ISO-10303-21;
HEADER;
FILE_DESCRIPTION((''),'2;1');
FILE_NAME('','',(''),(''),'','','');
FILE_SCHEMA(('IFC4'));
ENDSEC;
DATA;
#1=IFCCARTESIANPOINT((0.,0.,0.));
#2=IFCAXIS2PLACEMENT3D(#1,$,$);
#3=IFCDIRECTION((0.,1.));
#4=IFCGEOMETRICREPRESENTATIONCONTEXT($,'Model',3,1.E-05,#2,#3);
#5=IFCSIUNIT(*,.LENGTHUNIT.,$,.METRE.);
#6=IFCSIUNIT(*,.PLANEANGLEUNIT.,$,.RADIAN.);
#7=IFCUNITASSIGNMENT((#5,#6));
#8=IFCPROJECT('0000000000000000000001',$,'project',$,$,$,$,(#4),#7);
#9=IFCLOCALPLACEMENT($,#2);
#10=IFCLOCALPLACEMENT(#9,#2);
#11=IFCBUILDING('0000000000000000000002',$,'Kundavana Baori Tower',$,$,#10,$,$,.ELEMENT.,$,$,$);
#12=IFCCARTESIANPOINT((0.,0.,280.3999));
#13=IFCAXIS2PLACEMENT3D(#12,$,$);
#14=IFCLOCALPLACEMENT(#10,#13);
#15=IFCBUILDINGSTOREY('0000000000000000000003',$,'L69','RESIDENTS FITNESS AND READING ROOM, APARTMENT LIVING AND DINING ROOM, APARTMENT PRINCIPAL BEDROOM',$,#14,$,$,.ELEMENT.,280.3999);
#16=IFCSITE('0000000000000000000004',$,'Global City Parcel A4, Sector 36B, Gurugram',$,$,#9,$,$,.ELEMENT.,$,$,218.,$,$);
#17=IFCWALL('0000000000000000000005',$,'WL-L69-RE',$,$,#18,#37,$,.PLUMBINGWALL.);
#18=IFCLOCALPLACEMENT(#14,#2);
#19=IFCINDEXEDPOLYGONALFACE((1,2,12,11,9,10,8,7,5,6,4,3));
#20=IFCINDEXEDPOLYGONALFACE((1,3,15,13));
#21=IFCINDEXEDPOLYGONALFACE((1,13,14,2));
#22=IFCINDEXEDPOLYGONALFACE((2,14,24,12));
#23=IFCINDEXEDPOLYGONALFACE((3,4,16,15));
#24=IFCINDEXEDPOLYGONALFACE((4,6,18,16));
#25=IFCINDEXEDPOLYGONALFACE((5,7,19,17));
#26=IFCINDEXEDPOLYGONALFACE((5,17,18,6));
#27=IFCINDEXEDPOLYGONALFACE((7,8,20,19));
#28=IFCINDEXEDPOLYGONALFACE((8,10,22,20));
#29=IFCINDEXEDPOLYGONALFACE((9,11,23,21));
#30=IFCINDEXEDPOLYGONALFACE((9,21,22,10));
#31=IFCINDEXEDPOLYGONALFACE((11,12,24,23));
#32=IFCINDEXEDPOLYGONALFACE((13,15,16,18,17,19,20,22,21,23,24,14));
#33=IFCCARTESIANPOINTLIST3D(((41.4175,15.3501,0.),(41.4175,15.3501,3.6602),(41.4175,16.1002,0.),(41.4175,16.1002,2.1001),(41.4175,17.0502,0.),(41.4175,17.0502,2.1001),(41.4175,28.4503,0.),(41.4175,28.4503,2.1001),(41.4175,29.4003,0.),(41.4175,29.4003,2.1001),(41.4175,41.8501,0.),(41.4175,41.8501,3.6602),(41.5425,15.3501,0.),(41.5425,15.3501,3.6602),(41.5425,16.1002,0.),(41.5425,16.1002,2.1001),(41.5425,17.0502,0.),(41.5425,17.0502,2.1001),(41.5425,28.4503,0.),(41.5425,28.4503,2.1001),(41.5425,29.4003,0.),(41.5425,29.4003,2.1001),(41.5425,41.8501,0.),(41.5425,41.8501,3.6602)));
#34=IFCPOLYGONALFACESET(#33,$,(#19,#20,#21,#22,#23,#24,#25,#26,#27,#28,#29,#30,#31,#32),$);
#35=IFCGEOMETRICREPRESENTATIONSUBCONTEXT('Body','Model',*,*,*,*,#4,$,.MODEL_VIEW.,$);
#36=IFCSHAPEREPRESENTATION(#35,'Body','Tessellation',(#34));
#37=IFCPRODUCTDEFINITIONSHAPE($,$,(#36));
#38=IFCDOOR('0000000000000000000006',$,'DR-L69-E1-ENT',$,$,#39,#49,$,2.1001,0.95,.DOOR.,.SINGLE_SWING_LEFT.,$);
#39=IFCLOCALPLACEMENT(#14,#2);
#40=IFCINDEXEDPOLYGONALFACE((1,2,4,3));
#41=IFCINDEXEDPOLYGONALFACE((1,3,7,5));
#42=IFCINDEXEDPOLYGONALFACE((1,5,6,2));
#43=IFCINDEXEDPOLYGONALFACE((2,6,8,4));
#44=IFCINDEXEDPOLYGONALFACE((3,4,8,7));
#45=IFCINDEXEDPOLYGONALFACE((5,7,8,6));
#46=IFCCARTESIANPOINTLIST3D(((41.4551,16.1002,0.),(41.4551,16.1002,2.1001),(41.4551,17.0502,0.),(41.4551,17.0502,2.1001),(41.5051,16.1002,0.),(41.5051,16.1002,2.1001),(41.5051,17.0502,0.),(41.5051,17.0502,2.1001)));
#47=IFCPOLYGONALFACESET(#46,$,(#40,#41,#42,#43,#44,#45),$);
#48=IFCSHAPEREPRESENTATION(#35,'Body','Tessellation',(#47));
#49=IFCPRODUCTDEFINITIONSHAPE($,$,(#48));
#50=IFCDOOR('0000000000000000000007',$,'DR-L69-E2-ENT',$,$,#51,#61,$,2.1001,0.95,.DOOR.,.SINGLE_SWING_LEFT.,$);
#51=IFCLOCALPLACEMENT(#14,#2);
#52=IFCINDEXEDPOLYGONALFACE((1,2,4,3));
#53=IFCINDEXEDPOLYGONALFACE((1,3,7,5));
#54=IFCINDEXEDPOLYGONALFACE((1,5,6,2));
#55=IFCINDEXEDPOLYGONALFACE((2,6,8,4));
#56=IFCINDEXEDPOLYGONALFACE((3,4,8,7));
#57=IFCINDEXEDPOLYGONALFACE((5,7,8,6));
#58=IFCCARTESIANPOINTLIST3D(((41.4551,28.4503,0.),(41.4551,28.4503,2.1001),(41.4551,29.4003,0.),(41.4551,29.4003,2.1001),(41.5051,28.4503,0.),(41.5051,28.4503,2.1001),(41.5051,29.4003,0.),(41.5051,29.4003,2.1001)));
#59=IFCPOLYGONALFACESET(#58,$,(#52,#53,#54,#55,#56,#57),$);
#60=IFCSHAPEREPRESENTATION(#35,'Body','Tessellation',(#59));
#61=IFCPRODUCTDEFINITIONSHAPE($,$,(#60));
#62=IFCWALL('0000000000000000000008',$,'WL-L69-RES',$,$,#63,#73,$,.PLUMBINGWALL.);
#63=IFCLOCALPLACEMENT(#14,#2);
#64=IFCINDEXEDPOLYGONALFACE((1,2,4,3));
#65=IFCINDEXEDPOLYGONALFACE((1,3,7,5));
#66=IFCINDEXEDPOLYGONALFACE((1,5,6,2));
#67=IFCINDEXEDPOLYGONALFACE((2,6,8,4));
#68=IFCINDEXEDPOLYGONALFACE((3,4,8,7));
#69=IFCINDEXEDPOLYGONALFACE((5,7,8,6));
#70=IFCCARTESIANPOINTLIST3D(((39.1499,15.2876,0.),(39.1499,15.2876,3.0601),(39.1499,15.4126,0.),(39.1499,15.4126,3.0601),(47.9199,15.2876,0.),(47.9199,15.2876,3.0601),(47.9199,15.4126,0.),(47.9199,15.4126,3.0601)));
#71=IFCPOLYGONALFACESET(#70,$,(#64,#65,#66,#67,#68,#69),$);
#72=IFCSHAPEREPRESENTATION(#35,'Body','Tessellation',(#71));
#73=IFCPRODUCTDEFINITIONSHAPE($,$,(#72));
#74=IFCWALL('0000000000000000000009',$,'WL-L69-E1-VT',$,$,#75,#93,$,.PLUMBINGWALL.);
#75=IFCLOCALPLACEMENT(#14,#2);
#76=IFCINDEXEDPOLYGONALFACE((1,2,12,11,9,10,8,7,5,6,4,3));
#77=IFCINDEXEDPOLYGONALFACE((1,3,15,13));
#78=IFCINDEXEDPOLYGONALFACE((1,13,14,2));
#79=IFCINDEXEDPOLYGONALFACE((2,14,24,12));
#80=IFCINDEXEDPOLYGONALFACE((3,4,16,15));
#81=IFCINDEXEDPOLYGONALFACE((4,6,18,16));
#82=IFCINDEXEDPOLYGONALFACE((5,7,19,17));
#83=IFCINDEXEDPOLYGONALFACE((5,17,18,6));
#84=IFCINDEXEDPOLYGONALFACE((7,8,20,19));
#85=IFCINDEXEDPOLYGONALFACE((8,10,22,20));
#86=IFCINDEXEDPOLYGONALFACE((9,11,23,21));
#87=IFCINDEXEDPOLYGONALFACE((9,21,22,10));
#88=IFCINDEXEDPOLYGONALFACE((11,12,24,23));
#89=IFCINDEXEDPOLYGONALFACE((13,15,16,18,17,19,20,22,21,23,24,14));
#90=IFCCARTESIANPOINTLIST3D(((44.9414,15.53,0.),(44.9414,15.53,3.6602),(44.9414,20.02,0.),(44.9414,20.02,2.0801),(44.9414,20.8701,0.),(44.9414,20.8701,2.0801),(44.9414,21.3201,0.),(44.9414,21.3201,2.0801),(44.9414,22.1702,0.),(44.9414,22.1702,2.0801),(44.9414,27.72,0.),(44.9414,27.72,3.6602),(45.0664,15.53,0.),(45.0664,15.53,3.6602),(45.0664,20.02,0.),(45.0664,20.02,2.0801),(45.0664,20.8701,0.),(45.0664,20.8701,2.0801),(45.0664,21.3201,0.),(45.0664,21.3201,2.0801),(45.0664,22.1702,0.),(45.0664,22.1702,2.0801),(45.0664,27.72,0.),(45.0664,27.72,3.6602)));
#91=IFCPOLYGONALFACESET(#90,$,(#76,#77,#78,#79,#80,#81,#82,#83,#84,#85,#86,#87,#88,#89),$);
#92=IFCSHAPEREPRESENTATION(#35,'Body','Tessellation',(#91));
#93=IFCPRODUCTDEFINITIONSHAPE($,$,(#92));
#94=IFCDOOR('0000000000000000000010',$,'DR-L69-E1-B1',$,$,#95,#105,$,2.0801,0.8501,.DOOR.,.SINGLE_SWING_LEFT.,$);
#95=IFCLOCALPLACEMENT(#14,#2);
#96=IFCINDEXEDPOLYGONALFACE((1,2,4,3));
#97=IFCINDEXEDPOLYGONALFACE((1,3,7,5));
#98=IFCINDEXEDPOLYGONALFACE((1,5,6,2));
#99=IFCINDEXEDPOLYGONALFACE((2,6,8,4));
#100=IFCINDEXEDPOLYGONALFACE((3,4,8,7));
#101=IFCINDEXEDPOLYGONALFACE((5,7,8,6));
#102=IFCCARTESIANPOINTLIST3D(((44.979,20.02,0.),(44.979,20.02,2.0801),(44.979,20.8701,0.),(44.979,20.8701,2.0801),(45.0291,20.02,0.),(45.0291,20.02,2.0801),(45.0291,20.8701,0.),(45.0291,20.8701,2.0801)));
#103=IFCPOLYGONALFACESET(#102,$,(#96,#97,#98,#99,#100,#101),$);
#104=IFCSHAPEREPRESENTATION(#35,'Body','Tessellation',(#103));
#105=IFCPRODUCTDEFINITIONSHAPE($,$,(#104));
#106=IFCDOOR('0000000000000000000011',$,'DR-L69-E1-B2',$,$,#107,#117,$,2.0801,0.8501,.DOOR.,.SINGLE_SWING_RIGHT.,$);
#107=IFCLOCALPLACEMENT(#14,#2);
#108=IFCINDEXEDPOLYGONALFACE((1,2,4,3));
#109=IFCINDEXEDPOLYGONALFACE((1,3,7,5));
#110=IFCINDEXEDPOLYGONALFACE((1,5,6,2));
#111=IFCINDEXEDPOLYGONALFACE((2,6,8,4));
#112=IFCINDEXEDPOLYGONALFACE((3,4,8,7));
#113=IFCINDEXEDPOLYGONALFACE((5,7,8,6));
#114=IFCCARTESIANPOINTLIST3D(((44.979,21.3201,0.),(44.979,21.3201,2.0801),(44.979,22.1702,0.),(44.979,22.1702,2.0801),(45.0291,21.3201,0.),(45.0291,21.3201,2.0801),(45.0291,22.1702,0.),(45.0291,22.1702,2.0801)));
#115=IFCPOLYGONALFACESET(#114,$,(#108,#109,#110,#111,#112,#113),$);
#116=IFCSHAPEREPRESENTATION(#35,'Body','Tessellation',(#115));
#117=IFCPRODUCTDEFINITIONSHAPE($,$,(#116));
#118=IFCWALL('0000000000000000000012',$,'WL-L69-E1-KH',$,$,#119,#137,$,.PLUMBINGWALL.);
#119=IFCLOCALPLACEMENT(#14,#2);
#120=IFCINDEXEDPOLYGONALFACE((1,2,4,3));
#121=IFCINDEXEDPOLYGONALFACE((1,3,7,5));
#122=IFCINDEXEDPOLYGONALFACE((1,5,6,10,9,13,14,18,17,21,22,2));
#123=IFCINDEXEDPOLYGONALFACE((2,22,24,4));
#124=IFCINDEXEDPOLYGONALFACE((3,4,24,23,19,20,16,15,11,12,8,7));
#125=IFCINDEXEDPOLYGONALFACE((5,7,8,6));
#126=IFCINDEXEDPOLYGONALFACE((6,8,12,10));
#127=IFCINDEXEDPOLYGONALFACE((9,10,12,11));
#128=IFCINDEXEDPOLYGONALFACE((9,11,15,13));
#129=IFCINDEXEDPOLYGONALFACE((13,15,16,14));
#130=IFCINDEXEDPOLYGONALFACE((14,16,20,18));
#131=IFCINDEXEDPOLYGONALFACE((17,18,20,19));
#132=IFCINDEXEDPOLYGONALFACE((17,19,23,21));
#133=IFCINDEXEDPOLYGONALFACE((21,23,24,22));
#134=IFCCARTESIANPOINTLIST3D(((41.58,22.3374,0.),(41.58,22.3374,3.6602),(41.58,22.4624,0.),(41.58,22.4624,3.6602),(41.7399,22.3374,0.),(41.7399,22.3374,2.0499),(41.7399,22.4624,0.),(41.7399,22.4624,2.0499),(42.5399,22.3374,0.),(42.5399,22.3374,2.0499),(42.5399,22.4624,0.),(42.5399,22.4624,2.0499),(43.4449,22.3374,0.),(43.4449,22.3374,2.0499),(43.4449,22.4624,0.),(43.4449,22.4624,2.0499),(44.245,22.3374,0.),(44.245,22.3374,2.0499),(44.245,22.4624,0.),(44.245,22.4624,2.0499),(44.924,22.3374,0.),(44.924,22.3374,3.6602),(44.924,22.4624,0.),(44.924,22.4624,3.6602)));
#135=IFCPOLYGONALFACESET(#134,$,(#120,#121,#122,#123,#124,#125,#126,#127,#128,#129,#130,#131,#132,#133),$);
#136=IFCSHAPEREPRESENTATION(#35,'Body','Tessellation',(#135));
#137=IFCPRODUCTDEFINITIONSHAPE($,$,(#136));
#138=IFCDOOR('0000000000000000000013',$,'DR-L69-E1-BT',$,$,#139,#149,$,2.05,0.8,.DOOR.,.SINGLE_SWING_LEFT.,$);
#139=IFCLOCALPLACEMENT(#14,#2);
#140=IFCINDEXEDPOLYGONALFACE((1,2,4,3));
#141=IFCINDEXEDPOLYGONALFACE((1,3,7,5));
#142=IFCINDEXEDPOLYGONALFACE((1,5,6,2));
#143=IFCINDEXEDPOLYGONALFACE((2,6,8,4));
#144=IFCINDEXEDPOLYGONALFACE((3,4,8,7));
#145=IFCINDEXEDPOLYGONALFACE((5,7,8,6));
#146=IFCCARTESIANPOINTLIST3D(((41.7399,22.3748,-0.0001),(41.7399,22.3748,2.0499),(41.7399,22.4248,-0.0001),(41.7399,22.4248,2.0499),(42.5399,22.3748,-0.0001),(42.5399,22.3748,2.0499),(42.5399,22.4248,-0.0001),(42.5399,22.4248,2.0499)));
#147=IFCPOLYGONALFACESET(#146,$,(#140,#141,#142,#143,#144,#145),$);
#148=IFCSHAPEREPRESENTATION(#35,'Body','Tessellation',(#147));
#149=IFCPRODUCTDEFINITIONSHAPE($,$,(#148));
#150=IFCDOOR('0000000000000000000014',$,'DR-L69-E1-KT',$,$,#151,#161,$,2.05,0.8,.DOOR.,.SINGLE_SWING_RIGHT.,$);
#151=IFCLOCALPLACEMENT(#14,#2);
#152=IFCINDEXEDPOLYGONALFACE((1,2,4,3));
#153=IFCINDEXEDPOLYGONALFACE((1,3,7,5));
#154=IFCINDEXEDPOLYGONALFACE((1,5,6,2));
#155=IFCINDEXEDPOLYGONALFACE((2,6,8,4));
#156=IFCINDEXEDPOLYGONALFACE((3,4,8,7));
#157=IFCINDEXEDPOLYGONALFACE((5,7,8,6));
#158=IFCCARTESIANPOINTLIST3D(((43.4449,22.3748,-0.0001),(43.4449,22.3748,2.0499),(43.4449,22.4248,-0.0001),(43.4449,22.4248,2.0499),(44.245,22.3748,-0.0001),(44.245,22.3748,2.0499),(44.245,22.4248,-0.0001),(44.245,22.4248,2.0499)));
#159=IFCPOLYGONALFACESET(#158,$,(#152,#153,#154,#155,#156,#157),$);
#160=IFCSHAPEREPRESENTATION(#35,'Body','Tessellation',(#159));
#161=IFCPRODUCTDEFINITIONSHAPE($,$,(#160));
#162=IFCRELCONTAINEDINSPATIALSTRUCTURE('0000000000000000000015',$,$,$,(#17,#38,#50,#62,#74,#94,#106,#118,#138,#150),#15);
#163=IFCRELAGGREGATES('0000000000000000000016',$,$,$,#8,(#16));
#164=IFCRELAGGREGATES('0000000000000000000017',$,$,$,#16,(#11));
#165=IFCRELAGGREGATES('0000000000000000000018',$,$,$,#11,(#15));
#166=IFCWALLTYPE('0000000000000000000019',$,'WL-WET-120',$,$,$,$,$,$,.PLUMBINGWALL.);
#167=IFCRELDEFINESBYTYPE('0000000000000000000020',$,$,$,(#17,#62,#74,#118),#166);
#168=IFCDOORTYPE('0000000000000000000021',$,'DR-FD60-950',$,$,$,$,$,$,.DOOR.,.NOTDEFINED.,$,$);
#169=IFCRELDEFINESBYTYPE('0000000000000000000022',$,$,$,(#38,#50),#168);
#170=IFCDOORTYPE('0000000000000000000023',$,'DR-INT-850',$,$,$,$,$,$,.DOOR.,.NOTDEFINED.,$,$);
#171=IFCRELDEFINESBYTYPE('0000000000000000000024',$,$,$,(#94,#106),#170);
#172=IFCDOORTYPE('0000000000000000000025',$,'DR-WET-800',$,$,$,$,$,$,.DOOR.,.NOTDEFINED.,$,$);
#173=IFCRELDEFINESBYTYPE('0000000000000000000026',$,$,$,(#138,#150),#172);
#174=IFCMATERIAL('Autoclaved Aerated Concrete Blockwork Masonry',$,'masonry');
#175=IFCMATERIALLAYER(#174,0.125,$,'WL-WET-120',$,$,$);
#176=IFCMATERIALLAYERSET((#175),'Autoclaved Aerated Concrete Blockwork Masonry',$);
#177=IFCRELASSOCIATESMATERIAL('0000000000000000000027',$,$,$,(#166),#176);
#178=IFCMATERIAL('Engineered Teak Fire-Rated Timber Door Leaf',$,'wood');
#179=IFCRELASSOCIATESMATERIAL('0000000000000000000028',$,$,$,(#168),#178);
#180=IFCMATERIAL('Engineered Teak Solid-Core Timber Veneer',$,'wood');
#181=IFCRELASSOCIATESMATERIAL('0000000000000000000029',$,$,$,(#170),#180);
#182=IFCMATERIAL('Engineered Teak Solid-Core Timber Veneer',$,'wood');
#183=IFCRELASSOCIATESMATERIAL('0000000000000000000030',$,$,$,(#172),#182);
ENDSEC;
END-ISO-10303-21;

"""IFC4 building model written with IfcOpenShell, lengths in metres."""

from ifc_helpers import new_model, si_unit, direction, frame, frame_2d, origin, place, context, subcontext, project, spatial, rectangle, extrude, material, layer, layer_set, type_object, element, fill, save


model = new_model("IFC4")

# Units and contexts
model_context = context("Model", 3, precision=1e-05, world=origin(), true_north=direction((0.0, 1.0)))
body_context = subcontext(model_context, "Body", "Model", "MODEL_VIEW")
ifc_project = project(units=[si_unit("LENGTHUNIT", "METRE"), si_unit("PLANEANGLEUNIT", "RADIAN")], contexts=[model_context])

# Site, building, storey
site_placement = place(None, origin())
site = spatial("IfcSite", under=ifc_project, at=site_placement, Name="Global City Parcel A4, Sector 36B, Gurugram", CompositionType="ELEMENT", RefElevation=218.0)
building_placement = place(site_placement, origin())
building = spatial("IfcBuilding", under=site, at=building_placement, Name="Kundavana Baori Tower", CompositionType="ELEMENT")
storey_placement = place(building_placement, frame((0.0, 0.0, 280.3999)))
storey = spatial("IfcBuildingStorey", under=building, at=storey_placement, Name="L69", Description="RESIDENTS FITNESS AND READING ROOM, APARTMENT LIVING AND DINING ROOM, APARTMENT PRINCIPAL BEDROOM", CompositionType="ELEMENT", Elevation=280.3999)

# Shared definitions
ifc_material_1 = material(Name="Autoclaved Aerated Concrete Blockwork Masonry", Category="masonry")
ifc_layer = layer(ifc_material_1, 0.125, Name="WL-WET-120")
ifc_layer_set = layer_set([ifc_layer], Name="Autoclaved Aerated Concrete Blockwork Masonry")
wall_type = type_object("IfcWallType", Name="WL-WET-120", PredefinedType="PLUMBINGWALL", material=ifc_layer_set)

# Wall, openings, doors
wall_1_placement = place(storey_placement, frame((41.48, 15.3501, 0.0), z_axis=(0.0, 0.0, 1.0), x_axis=(0.0, 1.0, 0.0)))
wall_1 = element("IfcWall", 1, at=wall_1_placement, inside=storey, type_object=wall_type, Name="WL-L69-RE", PredefinedType="PLUMBINGWALL", context=body_context, shape_type="SweptSolid", body=[
    extrude(rectangle(XDim=26.5, YDim=0.125, at=frame_2d((13.25, 0.0))), origin(), (0.0, 0.0, 1.0), 3.6602),
])
opening_1_placement = place(wall_1_placement, frame((0.75, 0.0, 0.0)))
opening_1 = element("IfcOpeningElement", 2, at=opening_1_placement, cuts=wall_1, PredefinedType="OPENING", context=body_context, shape_type="SweptSolid", body=[
    extrude(rectangle(XDim=0.95, YDim=2.1001, at=frame_2d((0.4751, 1.05))), frame((0.0, 0.0725, 0.0), z_axis=(0.0, -1.0, 0.0), x_axis=(1.0, 0.0, 0.0)), (0.0, 0.0, 1.0), 0.145),
])
opening_2_placement = place(wall_1_placement, frame((13.1001, 0.0, 0.0)))
opening_2 = element("IfcOpeningElement", 3, at=opening_2_placement, cuts=wall_1, PredefinedType="OPENING", context=body_context, shape_type="SweptSolid", body=[
    extrude(rectangle(XDim=0.95, YDim=2.1001, at=frame_2d((0.4751, 1.05))), frame((0.0, 0.0725, 0.0), z_axis=(0.0, -1.0, 0.0), x_axis=(1.0, 0.0, 0.0)), (0.0, 0.0, 1.0), 0.145),
])
ifc_material_2 = material(Name="Engineered Teak Fire-Rated Timber Door Leaf", Category="wood")
door_type_1 = type_object("IfcDoorType", Name="DR-FD60-950", OperationType="NOTDEFINED", PredefinedType="DOOR", material=ifc_material_2)
door_1_placement = place(opening_1_placement, origin())
door_1 = element("IfcDoor", 4, at=door_1_placement, inside=storey, type_object=door_type_1, Name="DR-L69-E1-ENT", OperationType="SINGLE_SWING_LEFT", OverallHeight=2.1001, OverallWidth=0.95, PredefinedType="DOOR", context=body_context, shape_type="SweptSolid", body=[
    extrude(rectangle(XDim=0.95, YDim=2.1001, at=frame_2d((0.4751, 1.05))), frame((0.0, 0.0249, 0.0), z_axis=(0.0, -1.0, 0.0), x_axis=(1.0, 0.0, 0.0)), (0.0, 0.0, 1.0), 0.05),
])
fill(opening_1, door_1)
door_2_placement = place(opening_2_placement, origin())
door_2 = element("IfcDoor", 5, at=door_2_placement, inside=storey, type_object=door_type_1, Name="DR-L69-E2-ENT", OperationType="SINGLE_SWING_LEFT", OverallHeight=2.1001, OverallWidth=0.95, PredefinedType="DOOR", context=body_context, shape_type="SweptSolid", body=[
    extrude(rectangle(XDim=0.95, YDim=2.1001, at=frame_2d((0.4751, 1.05))), frame((0.0, 0.0249, 0.0), z_axis=(0.0, -1.0, 0.0), x_axis=(1.0, 0.0, 0.0)), (0.0, 0.0, 1.0), 0.05),
])
fill(opening_2, door_2)

# Wall
wall_2_placement = place(storey_placement, frame((39.1499, 15.3501, 0.0), z_axis=(0.0, 0.0, 1.0), x_axis=(1.0, 0.0, 0.0)))
element("IfcWall", 6, at=wall_2_placement, inside=storey, type_object=wall_type, Name="WL-L69-RES", PredefinedType="PLUMBINGWALL", context=body_context, shape_type="SweptSolid", body=[
    extrude(rectangle(XDim=8.77, YDim=0.125, at=frame_2d((4.385, 0.0))), origin(), (0.0, 0.0, 1.0), 3.0601),
])

# Walls, openings, doors
wall_3_placement = place(storey_placement, frame((45.0039, 15.53, 0.0), z_axis=(0.0, 0.0, 1.0), x_axis=(0.0, 1.0, 0.0)))
wall_3 = element("IfcWall", 7, at=wall_3_placement, inside=storey, type_object=wall_type, Name="WL-L69-E1-VT", PredefinedType="PLUMBINGWALL", context=body_context, shape_type="SweptSolid", body=[
    extrude(rectangle(XDim=12.1899, YDim=0.125, at=frame_2d((6.095, 0.0))), origin(), (0.0, 0.0, 1.0), 3.6602),
])
opening_3_placement = place(wall_3_placement, frame((4.49, 0.0, 0.0)))
opening_3 = element("IfcOpeningElement", 8, at=opening_3_placement, cuts=wall_3, PredefinedType="OPENING", context=body_context, shape_type="SweptSolid", body=[
    extrude(rectangle(XDim=0.8501, YDim=2.0801, at=frame_2d((0.425, 1.04))), frame((0.0, 0.0725, 0.0), z_axis=(0.0, -1.0, 0.0), x_axis=(1.0, 0.0, 0.0)), (0.0, 0.0, 1.0), 0.145),
])
opening_4_placement = place(wall_3_placement, frame((5.79, 0.0, 0.0)))
opening_4 = element("IfcOpeningElement", 9, at=opening_4_placement, cuts=wall_3, PredefinedType="OPENING", context=body_context, shape_type="SweptSolid", body=[
    extrude(rectangle(XDim=0.8501, YDim=2.0801, at=frame_2d((0.425, 1.04))), frame((0.0, 0.0725, 0.0), z_axis=(0.0, -1.0, 0.0), x_axis=(1.0, 0.0, 0.0)), (0.0, 0.0, 1.0), 0.145),
])
ifc_material_3 = material(Name="Engineered Teak Solid-Core Timber Veneer", Category="wood")
door_type_2 = type_object("IfcDoorType", Name="DR-INT-850", OperationType="NOTDEFINED", PredefinedType="DOOR", material=ifc_material_3)
door_3_placement = place(opening_3_placement, origin())
door_3 = element("IfcDoor", 10, at=door_3_placement, inside=storey, type_object=door_type_2, Name="DR-L69-E1-B1", OperationType="SINGLE_SWING_LEFT", OverallHeight=2.0801, OverallWidth=0.8501, PredefinedType="DOOR", context=body_context, shape_type="SweptSolid", body=[
    extrude(rectangle(XDim=0.8501, YDim=2.0801, at=frame_2d((0.425, 1.04))), frame((0.0, 0.0249, 0.0), z_axis=(0.0, -1.0, 0.0), x_axis=(1.0, 0.0, 0.0)), (0.0, 0.0, 1.0), 0.05),
])
fill(opening_3, door_3)
door_4_placement = place(opening_4_placement, origin())
door_4 = element("IfcDoor", 11, at=door_4_placement, inside=storey, type_object=door_type_2, Name="DR-L69-E1-B2", OperationType="SINGLE_SWING_RIGHT", OverallHeight=2.0801, OverallWidth=0.8501, PredefinedType="DOOR", context=body_context, shape_type="SweptSolid", body=[
    extrude(rectangle(XDim=0.8501, YDim=2.0801, at=frame_2d((0.425, 1.04))), frame((0.0, 0.0249, 0.0), z_axis=(0.0, -1.0, 0.0), x_axis=(1.0, 0.0, 0.0)), (0.0, 0.0, 1.0), 0.05),
])
fill(opening_4, door_4)
wall_4_placement = place(storey_placement, frame((41.5801, 22.3999, 0.0), z_axis=(0.0, 0.0, 1.0), x_axis=(1.0, 0.0, 0.0)))
wall_4 = element("IfcWall", 12, at=wall_4_placement, inside=storey, type_object=wall_type, Name="WL-L69-E1-KH", PredefinedType="PLUMBINGWALL", context=body_context, shape_type="SweptSolid", body=[
    extrude(rectangle(XDim=3.344, YDim=0.125, at=frame_2d((1.6719, 0.0))), origin(), (0.0, 0.0, 1.0), 3.6602),
])
opening_5_placement = place(wall_4_placement, frame((0.1599, 0.0, 0.0)))
opening_5 = element("IfcOpeningElement", 13, at=opening_5_placement, cuts=wall_4, PredefinedType="OPENING", context=body_context, shape_type="SweptSolid", body=[
    extrude(rectangle(XDim=0.8, YDim=2.05, at=frame_2d((0.3999, 1.0249))), frame((0.0, 0.0725, 0.0), z_axis=(0.0, -1.0, 0.0), x_axis=(1.0, 0.0, 0.0)), (0.0, 0.0, 1.0), 0.145),
])
opening_6_placement = place(wall_4_placement, frame((1.865, 0.0, 0.0)))
opening_6 = element("IfcOpeningElement", 14, at=opening_6_placement, cuts=wall_4, PredefinedType="OPENING", context=body_context, shape_type="SweptSolid", body=[
    extrude(rectangle(XDim=0.8, YDim=2.05, at=frame_2d((0.3999, 1.0249))), frame((0.0, 0.0725, 0.0), z_axis=(0.0, -1.0, 0.0), x_axis=(1.0, 0.0, 0.0)), (0.0, 0.0, 1.0), 0.145),
])
ifc_material_4 = material(Name="Engineered Teak Solid-Core Timber Veneer", Category="wood")
door_type_3 = type_object("IfcDoorType", Name="DR-WET-800", OperationType="NOTDEFINED", PredefinedType="DOOR", material=ifc_material_4)
door_5_placement = place(opening_5_placement, origin())
door_5 = element("IfcDoor", 15, at=door_5_placement, inside=storey, type_object=door_type_3, Name="DR-L69-E1-BT", OperationType="SINGLE_SWING_LEFT", OverallHeight=2.05, OverallWidth=0.8, PredefinedType="DOOR", context=body_context, shape_type="SweptSolid", body=[
    extrude(rectangle(XDim=0.8, YDim=2.05, at=frame_2d((0.3999, 1.0249))), frame((0.0, 0.0249, 0.0), z_axis=(0.0, -1.0, 0.0), x_axis=(1.0, 0.0, 0.0)), (0.0, 0.0, 1.0), 0.05),
])
fill(opening_5, door_5)
door_6_placement = place(opening_6_placement, origin())
door_6 = element("IfcDoor", 16, at=door_6_placement, inside=storey, type_object=door_type_3, Name="DR-L69-E1-KT", OperationType="SINGLE_SWING_RIGHT", OverallHeight=2.05, OverallWidth=0.8, PredefinedType="DOOR", context=body_context, shape_type="SweptSolid", body=[
    extrude(rectangle(XDim=0.8, YDim=2.05, at=frame_2d((0.3999, 1.0249))), frame((0.0, 0.0249, 0.0), z_axis=(0.0, -1.0, 0.0), x_axis=(1.0, 0.0, 0.0)), (0.0, 0.0, 1.0), 0.05),
])
fill(opening_6, door_6)

save(model, "model.ifc")
